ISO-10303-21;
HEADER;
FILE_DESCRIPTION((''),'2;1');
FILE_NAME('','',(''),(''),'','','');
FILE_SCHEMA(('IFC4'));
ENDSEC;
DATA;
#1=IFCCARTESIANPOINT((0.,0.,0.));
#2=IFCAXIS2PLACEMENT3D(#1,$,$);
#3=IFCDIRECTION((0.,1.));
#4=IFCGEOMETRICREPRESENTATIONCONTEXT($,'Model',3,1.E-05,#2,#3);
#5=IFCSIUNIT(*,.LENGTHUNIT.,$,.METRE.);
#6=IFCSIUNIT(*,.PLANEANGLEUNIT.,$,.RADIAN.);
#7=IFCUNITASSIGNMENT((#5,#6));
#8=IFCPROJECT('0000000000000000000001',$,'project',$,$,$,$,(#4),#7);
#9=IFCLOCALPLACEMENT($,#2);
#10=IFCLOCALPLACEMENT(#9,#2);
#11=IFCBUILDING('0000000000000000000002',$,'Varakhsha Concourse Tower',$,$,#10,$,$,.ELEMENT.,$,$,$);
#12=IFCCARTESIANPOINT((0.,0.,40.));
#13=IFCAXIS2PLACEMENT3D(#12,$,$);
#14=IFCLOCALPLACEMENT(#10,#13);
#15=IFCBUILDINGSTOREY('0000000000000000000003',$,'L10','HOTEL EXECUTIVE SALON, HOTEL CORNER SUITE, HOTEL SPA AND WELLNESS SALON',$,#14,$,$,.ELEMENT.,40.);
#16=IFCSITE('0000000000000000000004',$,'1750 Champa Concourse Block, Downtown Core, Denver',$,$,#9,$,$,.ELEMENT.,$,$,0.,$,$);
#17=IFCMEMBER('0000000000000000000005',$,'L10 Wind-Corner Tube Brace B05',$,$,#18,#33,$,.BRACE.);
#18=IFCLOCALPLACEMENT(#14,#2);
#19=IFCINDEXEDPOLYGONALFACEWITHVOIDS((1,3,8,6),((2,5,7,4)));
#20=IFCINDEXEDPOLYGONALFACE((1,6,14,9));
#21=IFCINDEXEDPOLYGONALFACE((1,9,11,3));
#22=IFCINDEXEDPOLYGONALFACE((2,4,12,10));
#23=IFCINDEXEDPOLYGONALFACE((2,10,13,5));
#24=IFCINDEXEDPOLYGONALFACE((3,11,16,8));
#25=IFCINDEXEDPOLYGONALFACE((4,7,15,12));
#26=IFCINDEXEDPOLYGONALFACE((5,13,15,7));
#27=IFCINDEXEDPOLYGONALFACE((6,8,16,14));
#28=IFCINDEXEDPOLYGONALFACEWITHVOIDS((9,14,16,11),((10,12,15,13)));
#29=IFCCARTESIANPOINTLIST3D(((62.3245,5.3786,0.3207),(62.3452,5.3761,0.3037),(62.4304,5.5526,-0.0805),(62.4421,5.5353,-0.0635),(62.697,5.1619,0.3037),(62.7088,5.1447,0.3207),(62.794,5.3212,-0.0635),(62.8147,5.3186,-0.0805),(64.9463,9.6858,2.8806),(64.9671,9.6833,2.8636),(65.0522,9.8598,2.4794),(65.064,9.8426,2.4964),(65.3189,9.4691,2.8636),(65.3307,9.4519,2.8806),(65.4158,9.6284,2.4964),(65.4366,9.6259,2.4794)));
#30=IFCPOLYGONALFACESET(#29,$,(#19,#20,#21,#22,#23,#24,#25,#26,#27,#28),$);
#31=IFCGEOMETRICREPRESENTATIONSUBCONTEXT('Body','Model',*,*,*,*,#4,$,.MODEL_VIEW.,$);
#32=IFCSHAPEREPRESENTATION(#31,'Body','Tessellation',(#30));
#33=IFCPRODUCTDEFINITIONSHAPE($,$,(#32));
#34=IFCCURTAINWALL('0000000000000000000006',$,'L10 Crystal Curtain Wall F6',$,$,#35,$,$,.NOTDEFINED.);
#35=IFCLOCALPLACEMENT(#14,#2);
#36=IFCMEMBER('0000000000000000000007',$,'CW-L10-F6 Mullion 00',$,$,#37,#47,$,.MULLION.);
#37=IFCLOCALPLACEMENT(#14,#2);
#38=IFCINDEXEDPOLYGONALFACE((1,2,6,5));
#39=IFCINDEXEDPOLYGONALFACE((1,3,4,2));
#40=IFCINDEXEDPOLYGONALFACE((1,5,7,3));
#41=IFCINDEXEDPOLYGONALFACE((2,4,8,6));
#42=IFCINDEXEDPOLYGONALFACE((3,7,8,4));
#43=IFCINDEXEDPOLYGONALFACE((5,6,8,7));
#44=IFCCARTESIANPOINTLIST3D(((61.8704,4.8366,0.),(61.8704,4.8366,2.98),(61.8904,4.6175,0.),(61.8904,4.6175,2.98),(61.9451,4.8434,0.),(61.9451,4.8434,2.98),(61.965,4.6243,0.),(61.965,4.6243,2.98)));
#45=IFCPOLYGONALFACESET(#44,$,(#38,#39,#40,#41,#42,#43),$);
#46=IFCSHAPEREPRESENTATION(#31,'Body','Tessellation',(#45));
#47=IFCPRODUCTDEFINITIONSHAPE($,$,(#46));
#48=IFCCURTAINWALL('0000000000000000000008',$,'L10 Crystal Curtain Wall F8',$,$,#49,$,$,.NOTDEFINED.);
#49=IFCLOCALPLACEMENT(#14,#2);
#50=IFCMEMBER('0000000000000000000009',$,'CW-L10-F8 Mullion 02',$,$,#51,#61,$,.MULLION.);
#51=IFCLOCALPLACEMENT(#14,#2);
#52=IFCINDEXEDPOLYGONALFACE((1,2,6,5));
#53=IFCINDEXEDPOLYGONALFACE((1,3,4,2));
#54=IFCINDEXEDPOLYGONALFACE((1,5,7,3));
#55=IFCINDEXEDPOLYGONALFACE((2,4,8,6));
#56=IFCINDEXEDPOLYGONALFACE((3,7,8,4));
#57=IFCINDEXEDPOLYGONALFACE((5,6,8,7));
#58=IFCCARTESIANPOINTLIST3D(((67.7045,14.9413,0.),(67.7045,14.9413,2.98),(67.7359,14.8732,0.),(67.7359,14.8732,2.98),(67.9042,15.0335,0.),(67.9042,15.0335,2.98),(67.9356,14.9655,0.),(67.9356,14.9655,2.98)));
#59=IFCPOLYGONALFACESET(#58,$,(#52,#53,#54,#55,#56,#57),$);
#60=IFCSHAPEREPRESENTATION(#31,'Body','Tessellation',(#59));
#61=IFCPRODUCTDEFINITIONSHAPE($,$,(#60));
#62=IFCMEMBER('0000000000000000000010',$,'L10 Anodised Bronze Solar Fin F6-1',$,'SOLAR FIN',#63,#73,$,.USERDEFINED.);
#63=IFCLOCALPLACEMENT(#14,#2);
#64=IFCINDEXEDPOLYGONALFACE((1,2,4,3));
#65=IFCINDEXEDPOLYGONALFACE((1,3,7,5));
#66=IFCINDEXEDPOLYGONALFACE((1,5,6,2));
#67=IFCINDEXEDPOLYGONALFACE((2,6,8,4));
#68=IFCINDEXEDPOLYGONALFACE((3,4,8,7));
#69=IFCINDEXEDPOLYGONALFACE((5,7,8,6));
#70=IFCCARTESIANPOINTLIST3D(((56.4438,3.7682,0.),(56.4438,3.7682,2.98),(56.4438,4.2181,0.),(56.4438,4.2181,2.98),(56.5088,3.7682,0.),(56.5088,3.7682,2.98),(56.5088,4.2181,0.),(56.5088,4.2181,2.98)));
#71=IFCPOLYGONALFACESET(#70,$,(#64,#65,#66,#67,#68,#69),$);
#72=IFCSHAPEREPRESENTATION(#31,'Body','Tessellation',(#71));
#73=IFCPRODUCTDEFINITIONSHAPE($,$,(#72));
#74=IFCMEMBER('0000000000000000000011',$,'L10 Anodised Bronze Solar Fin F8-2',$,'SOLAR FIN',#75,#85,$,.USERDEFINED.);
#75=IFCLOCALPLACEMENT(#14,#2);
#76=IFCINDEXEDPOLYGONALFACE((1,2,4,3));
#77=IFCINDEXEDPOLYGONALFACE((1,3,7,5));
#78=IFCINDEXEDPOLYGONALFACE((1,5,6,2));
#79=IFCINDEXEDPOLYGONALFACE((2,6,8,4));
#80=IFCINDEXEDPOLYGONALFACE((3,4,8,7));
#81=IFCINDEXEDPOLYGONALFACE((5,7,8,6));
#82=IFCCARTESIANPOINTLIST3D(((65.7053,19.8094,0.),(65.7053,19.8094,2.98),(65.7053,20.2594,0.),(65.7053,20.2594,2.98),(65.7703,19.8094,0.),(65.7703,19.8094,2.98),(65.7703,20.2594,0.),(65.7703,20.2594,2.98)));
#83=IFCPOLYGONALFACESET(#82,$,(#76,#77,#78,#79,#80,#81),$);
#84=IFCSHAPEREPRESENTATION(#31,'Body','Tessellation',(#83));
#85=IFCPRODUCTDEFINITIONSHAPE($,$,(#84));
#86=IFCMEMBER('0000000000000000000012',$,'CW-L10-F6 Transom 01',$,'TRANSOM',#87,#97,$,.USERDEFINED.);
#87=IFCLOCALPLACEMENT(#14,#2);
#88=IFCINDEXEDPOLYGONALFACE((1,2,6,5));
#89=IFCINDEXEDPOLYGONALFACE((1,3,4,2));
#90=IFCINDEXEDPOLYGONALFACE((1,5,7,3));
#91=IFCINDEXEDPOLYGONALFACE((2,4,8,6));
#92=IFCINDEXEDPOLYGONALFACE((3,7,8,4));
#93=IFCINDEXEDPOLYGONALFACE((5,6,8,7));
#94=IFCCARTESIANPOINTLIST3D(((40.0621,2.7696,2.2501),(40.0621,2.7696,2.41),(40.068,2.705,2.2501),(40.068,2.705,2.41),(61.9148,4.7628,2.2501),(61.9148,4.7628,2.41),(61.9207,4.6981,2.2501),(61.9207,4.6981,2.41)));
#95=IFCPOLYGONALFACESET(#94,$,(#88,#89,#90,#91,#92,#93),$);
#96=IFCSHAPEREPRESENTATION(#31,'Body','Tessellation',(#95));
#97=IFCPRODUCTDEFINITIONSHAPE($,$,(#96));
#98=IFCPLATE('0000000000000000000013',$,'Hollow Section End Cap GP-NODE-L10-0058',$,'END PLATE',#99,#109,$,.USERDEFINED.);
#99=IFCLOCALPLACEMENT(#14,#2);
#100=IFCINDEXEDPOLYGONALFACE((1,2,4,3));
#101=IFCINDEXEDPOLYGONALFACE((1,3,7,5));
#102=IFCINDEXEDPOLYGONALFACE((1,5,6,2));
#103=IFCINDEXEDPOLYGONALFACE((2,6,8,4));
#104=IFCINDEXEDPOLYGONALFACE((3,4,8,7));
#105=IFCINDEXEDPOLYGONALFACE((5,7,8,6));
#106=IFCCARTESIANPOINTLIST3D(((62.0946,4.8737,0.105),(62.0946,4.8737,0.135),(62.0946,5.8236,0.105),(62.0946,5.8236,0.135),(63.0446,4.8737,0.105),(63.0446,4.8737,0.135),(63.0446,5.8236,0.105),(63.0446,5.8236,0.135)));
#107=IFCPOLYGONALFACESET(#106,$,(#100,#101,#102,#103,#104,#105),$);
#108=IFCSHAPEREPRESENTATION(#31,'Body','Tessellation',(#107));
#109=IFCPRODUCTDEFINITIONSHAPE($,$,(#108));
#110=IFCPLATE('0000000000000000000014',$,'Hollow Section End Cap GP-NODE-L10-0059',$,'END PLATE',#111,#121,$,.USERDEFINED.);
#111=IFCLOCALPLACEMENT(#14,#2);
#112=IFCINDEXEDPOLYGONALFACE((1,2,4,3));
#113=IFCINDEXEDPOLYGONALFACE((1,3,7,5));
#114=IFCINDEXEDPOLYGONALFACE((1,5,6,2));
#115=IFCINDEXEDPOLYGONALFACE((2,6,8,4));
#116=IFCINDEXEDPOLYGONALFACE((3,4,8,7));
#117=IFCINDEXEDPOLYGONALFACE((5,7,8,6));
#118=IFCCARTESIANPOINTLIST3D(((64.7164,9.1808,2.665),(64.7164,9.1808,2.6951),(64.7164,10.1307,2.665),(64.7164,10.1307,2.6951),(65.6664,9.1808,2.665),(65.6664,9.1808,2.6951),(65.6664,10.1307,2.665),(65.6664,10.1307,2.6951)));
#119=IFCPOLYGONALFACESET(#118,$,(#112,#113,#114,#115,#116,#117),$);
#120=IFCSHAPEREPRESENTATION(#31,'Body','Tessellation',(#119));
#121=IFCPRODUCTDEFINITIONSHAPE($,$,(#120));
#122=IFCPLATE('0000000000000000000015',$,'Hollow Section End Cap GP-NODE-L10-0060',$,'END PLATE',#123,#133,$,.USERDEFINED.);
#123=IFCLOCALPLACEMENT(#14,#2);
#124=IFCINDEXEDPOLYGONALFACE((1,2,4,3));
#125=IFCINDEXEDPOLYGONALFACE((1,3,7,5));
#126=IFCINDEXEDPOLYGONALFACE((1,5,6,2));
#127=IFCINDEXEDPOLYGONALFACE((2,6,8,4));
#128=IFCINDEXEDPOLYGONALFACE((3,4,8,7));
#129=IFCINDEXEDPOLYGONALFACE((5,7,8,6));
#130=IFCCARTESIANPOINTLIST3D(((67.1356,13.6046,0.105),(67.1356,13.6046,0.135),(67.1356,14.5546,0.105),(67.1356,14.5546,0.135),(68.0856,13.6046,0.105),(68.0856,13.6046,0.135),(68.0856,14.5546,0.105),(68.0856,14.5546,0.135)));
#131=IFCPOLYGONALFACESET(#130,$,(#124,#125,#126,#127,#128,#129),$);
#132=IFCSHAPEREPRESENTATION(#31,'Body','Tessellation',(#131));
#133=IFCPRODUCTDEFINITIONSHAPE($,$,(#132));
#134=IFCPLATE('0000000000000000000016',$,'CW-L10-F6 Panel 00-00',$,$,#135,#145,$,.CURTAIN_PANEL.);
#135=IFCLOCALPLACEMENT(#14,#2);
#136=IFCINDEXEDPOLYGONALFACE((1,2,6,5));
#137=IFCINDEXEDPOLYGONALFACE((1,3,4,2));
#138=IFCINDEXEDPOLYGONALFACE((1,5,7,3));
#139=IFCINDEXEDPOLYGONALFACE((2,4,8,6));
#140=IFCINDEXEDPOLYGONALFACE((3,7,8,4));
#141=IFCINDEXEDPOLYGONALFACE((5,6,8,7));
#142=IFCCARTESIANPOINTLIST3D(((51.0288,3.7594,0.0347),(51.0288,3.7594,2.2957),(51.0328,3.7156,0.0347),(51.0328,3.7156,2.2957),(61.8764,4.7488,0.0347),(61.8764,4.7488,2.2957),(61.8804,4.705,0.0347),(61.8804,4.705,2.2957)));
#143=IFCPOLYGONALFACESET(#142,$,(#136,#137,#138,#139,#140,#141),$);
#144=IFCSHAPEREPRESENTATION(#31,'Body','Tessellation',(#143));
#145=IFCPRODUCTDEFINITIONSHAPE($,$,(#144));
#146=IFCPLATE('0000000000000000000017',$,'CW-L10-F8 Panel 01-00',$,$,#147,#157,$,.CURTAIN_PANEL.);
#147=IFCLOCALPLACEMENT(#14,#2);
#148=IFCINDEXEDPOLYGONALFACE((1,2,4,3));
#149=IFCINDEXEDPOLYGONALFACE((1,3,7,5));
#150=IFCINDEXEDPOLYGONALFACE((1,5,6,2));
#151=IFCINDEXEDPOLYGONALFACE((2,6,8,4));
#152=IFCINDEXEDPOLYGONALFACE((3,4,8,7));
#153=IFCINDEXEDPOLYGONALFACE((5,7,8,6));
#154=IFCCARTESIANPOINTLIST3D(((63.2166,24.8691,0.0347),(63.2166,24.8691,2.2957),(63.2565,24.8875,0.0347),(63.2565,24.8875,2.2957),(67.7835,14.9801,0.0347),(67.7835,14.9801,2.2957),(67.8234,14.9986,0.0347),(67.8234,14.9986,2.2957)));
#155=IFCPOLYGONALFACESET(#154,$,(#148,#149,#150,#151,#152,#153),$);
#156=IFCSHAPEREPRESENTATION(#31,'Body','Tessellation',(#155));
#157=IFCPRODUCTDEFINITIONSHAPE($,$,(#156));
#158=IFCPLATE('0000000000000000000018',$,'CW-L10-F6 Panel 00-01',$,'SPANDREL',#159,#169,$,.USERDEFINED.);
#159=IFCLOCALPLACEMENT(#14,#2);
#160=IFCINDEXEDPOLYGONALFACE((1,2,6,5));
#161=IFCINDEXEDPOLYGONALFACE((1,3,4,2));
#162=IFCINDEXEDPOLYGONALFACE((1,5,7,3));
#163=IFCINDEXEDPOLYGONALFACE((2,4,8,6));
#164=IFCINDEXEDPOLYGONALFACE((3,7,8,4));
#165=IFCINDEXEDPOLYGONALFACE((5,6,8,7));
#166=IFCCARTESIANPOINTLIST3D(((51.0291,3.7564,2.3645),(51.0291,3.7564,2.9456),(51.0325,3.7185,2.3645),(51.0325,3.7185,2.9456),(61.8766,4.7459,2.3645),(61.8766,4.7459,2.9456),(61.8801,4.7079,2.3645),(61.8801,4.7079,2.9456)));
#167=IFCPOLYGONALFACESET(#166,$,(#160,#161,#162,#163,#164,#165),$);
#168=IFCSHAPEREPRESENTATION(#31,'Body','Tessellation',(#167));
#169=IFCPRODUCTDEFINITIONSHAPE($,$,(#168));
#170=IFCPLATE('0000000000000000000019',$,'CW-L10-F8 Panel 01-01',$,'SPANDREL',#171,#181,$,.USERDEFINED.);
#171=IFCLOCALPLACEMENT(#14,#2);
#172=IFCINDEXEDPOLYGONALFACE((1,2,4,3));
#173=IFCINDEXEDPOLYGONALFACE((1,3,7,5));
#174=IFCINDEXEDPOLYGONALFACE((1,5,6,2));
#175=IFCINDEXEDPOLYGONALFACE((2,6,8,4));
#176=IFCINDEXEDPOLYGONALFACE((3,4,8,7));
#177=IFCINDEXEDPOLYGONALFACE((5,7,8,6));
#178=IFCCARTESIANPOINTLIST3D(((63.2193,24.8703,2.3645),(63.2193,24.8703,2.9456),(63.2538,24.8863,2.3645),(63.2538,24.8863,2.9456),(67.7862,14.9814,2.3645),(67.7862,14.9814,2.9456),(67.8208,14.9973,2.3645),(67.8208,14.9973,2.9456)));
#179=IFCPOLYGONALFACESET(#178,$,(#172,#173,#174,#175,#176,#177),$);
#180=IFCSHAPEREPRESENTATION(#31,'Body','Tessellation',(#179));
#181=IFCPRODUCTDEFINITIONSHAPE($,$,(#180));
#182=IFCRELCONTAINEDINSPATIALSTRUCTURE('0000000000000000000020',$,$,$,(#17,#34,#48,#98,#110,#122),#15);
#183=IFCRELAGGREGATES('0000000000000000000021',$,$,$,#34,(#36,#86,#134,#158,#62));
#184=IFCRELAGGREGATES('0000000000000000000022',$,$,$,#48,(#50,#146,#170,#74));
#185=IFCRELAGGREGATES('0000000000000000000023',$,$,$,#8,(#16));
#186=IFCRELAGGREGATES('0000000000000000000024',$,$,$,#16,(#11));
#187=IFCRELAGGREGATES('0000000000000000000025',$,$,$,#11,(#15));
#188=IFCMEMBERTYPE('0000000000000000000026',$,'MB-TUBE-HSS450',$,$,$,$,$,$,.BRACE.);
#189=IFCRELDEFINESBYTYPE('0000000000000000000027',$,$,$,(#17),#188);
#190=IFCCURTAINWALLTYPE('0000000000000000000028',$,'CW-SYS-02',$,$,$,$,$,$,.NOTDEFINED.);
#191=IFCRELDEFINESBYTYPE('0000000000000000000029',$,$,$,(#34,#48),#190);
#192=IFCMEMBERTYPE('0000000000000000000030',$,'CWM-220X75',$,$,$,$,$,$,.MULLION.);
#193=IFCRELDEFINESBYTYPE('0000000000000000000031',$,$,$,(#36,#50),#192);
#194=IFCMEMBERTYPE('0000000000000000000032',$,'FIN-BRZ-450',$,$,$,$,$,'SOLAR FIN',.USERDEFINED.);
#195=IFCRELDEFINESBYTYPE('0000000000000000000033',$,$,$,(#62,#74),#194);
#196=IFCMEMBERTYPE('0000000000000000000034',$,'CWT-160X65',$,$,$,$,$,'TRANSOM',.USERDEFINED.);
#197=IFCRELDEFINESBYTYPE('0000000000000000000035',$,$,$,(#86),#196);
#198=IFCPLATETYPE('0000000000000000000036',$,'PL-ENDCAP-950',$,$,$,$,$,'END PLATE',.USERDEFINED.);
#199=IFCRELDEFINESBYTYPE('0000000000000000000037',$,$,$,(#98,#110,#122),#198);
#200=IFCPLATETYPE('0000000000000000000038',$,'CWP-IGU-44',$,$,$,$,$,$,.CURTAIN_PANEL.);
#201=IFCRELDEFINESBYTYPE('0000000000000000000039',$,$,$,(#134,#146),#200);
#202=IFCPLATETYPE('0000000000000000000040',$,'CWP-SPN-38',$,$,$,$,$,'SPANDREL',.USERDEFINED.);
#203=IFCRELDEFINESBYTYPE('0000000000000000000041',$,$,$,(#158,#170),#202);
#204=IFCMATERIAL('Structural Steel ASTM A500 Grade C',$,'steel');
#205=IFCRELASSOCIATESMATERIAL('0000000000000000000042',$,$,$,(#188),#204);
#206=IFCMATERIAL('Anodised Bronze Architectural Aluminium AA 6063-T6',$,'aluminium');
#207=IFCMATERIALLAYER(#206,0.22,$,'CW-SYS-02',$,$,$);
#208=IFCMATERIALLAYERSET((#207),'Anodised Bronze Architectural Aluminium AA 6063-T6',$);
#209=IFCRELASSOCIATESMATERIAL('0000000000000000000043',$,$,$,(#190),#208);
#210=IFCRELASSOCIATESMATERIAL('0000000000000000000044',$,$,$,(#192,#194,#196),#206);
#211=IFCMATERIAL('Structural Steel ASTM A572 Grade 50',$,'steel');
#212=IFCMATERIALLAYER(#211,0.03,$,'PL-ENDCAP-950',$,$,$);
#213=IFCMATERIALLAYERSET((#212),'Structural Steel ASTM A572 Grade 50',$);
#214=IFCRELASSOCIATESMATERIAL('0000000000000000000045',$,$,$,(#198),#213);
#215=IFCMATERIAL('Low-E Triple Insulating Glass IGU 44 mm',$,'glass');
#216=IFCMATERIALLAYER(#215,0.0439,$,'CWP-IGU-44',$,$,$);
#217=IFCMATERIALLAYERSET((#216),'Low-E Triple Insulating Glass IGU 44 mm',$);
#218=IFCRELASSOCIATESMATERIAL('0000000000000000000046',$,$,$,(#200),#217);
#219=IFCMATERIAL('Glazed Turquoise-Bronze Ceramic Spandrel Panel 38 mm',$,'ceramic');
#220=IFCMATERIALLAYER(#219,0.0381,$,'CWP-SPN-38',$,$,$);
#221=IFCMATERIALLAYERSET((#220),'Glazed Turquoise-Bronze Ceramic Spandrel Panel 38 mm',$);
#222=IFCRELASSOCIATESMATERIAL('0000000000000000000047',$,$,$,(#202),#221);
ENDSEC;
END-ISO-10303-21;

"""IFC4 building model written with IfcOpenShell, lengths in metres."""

from ifc_helpers import new_model, si_unit, direction, frame, origin, origin_2d, place, context, subcontext, project, spatial, rectangle, hollow_rectangle, extrude, source, transform, mapped, material, layer, layer_set, material_profile, profile_set, type_object, type_shapes, element, aggregate, save


model = new_model("IFC4")

# Units and contexts
model_context = context("Model", 3, precision=1e-05, world=origin(), true_north=direction((0.0, 1.0)))
body_context = subcontext(model_context, "Body", "Model", "MODEL_VIEW")
ifc_project = project(units=[si_unit("LENGTHUNIT", "METRE"), si_unit("PLANEANGLEUNIT", "RADIAN")], contexts=[model_context])

# Site, building, storey
site_placement = place(None, origin())
site = spatial("IfcSite", under=ifc_project, at=site_placement, Name="1750 Champa Concourse Block, Downtown Core, Denver", CompositionType="ELEMENT", RefElevation=0.0)
building_placement = place(site_placement, origin())
building = spatial("IfcBuilding", under=site, at=building_placement, Name="Varakhsha Concourse Tower", CompositionType="ELEMENT")
storey_placement = place(building_placement, frame((0.0, 0.0, 40.0)))
storey = spatial("IfcBuildingStorey", under=building, at=storey_placement, Name="L10", Description="HOTEL EXECUTIVE SALON, HOTEL CORNER SUITE, HOTEL SPA AND WELLNESS SALON", CompositionType="ELEMENT", Elevation=40.0)

# Shared definitions
ifc_material_1 = material(Name="Structural Steel ASTM A572 Grade 50", Category="steel")

# Member
ifc_material_2 = material(Name="Structural Steel ASTM A500 Grade C", Category="steel")
ifc_material_profile_1 = material_profile(ifc_material_2, hollow_rectangle(XDim=0.45, YDim=0.45, WallThickness=0.019, at=origin_2d()), Name="HSS 450x450x19")
ifc_profile_set_1 = profile_set([ifc_material_profile_1], Name="Structural Steel ASTM A500 Grade C")
member_type_1 = type_object("IfcMemberType", Name="MB-TUBE-HSS450", PredefinedType="BRACE", material=ifc_profile_set_1)
shared_shape_1 = source(origin(), body_context, "Body", "SweptSolid", [
    extrude(hollow_rectangle(XDim=0.45, YDim=0.45, WallThickness=0.019, at=origin_2d()), origin(), (0.0, 0.0, 1.0), 5.655),
])
member_1_placement = place(storey_placement, frame((62.5696, 5.3486, 0.1201), z_axis=(0.463637, 0.761662, 0.452671), x_axis=(-0.85419, 0.519961, 0.0)))
element("IfcMember", 1, at=member_1_placement, inside=storey, type_object=member_type_1, Name="L10 Wind-Corner Tube Brace B05", PredefinedType="BRACE", context=body_context, shape_type="MappedRepresentation", body=[
    mapped(shared_shape_1, transform((0.0, 0.0, 0.0), scale=1.0)),
])

# Curtain walls, members
ifc_material_3 = material(Name="Anodised Bronze Architectural Aluminium AA 6063-T6", Category="aluminium")
ifc_layer_1 = layer(ifc_material_3, 0.22, Name="CW-SYS-02")
ifc_layer_set_1 = layer_set([ifc_layer_1], Name="Anodised Bronze Architectural Aluminium AA 6063-T6")
curtain_wall_type = type_object("IfcCurtainWallType", Name="CW-SYS-02", PredefinedType="NOTDEFINED", material=ifc_layer_set_1)
curtain_wall_1_placement = place(storey_placement, origin())
curtain_wall_1 = element("IfcCurtainWall", 2, at=curtain_wall_1_placement, inside=storey, type_object=curtain_wall_type, Name="L10 Crystal Curtain Wall F6", PredefinedType="NOTDEFINED")
ifc_material_profile_2 = material_profile(ifc_material_3, rectangle(XDim=0.075, YDim=0.22, at=origin_2d()), Name="CWM-220X75")
ifc_profile_set_2 = profile_set([ifc_material_profile_2], Name="Anodised Bronze Architectural Aluminium AA 6063-T6")
member_type_2 = type_object("IfcMemberType", Name="CWM-220X75", PredefinedType="MULLION", material=ifc_profile_set_2)
shared_shape_2 = source(origin(), body_context, "Body", "SweptSolid", [
    extrude(rectangle(XDim=0.075, YDim=0.22, at=origin_2d()), origin(), (0.0, 0.0, 1.0), 2.98),
])
type_shapes(member_type_2, [shared_shape_2])
member_2_placement = place(storey_placement, frame((61.9177, 4.7305, 0.0), z_axis=(0.0, 0.0, 1.0), x_axis=(-0.995866, -0.090834, 0.0)))
member_2 = element("IfcMember", 3, at=member_2_placement, type_object=member_type_2, Name="CW-L10-F6 Mullion 00", PredefinedType="MULLION", context=body_context, shape_type="MappedRepresentation", body=[
    mapped(shared_shape_2, transform((0.0, 0.0, 0.0), scale=1.0)),
])
curtain_wall_2_placement = place(storey_placement, origin())
curtain_wall_2 = element("IfcCurtainWall", 4, at=curtain_wall_2_placement, inside=storey, type_object=curtain_wall_type, Name="L10 Crystal Curtain Wall F8", PredefinedType="NOTDEFINED")
member_3_placement = place(storey_placement, frame((67.8201, 14.9534, 0.0), z_axis=(0.0, 0.0, 1.0), x_axis=(0.41927, -0.907862, 0.0)))
member_3 = element("IfcMember", 5, at=member_3_placement, type_object=member_type_2, Name="CW-L10-F8 Mullion 02", PredefinedType="MULLION", context=body_context, shape_type="MappedRepresentation", body=[
    mapped(shared_shape_2, transform((0.0, 0.0, 0.0), scale=1.0)),
])

# Members
ifc_material_profile_3 = material_profile(ifc_material_3, rectangle(XDim=0.0649, YDim=0.45, at=origin_2d()), Name="FIN-BRZ-450")
ifc_profile_set_3 = profile_set([ifc_material_profile_3], Name="Anodised Bronze Architectural Aluminium AA 6063-T6")
member_type_3 = type_object("IfcMemberType", Name="FIN-BRZ-450", ElementType="SOLAR FIN", PredefinedType="USERDEFINED", material=ifc_profile_set_3)
shared_shape_3 = source(origin(), body_context, "Body", "SweptSolid", [
    extrude(rectangle(XDim=0.0649, YDim=0.45, at=origin_2d()), origin(), (0.0, 0.0, 1.0), 2.98),
])
type_shapes(member_type_3, [shared_shape_3])
member_4_placement = place(storey_placement, frame((56.4763, 3.9932, 0.0), z_axis=(0.0, 0.0, 1.0), x_axis=(1.0, 0.0, 0.0)))
member_4 = element("IfcMember", 6, at=member_4_placement, type_object=member_type_3, Name="L10 Anodised Bronze Solar Fin F6-1", ObjectType="SOLAR FIN", PredefinedType="USERDEFINED", context=body_context, shape_type="MappedRepresentation", body=[
    mapped(shared_shape_3, transform((0.0, 0.0, 0.0), scale=1.0)),
])
member_5_placement = place(storey_placement, frame((65.7378, 20.0344, 0.0), z_axis=(0.0, 0.0, 1.0), x_axis=(1.0, 0.0, 0.0)))
member_5 = element("IfcMember", 7, at=member_5_placement, type_object=member_type_3, Name="L10 Anodised Bronze Solar Fin F8-2", ObjectType="SOLAR FIN", PredefinedType="USERDEFINED", context=body_context, shape_type="MappedRepresentation", body=[
    mapped(shared_shape_3, transform((0.0, 0.0, 0.0), scale=1.0)),
])
ifc_material_profile_4 = material_profile(ifc_material_3, rectangle(XDim=0.0649, YDim=0.1599, at=origin_2d()), Name="CWT-160X65")
ifc_profile_set_4 = profile_set([ifc_material_profile_4], Name="Anodised Bronze Architectural Aluminium AA 6063-T6")
member_type_4 = type_object("IfcMemberType", Name="CWT-160X65", ElementType="TRANSOM", PredefinedType="USERDEFINED", material=ifc_profile_set_4)
shared_shape_4 = source(origin(), body_context, "Body", "SweptSolid", [
    extrude(rectangle(XDim=0.0649, YDim=0.1599, at=origin_2d()), origin(), (0.0, 0.0, 1.0), 21.9434),
])
type_shapes(member_type_4, [shared_shape_4])
member_6_placement = place(storey_placement, frame((61.9177, 4.7305, 2.3301), z_axis=(-0.995866, -0.090833, 0.0), x_axis=(0.090833, -0.995866, 0.0)))
member_6 = element("IfcMember", 8, at=member_6_placement, type_object=member_type_4, Name="CW-L10-F6 Transom 01", ObjectType="TRANSOM", PredefinedType="USERDEFINED", context=body_context, shape_type="MappedRepresentation", body=[
    mapped(shared_shape_4, transform((0.0, 0.0, 0.0), scale=1.0)),
])

# Plates
ifc_layer_2 = layer(ifc_material_1, 0.03, Name="PL-ENDCAP-950")
ifc_layer_set_2 = layer_set([ifc_layer_2], Name="Structural Steel ASTM A572 Grade 50")
plate_type_1 = type_object("IfcPlateType", Name="PL-ENDCAP-950", ElementType="END PLATE", PredefinedType="USERDEFINED", material=ifc_layer_set_2)
shared_shape_5 = source(origin(), body_context, "Body", "SweptSolid", [
    extrude(rectangle(XDim=0.95, YDim=0.95, at=origin_2d()), origin(), (0.0, 0.0, 1.0), 0.03),
])
type_shapes(plate_type_1, [shared_shape_5])
for number, where, z_axis, x_axis, name in (
    (9, (62.5696, 5.3486, 0.105), (0.0, 0.0, 1.0), (1.0, 0.0, 0.0), "Hollow Section End Cap GP-NODE-L10-0058"),
    (10, (65.1914, 9.6558, 2.665), (0.0, 0.0, 1.0), (1.0, 0.0, 0.0), "Hollow Section End Cap GP-NODE-L10-0059"),
    (11, (67.6106, 14.0796, 0.105), (0.0, 0.0, 1.0), (1.0, 0.0, 0.0), "Hollow Section End Cap GP-NODE-L10-0060"),
):
    element("IfcPlate", number, at=place(storey_placement, frame(where, z_axis=z_axis, x_axis=x_axis)), inside=storey, type_object=plate_type_1, Name=name, ObjectType="END PLATE", PredefinedType="USERDEFINED", context=body_context, shape_type="MappedRepresentation", body=[
        mapped(shared_shape_5, transform((0.0, 0.0, 0.0), scale=1.0)),
    ])

# Plates
ifc_material_4 = material(Name="Low-E Triple Insulating Glass IGU 44 mm", Category="glass")
ifc_layer_3 = layer(ifc_material_4, 0.0439, Name="CWP-IGU-44")
ifc_layer_set_3 = layer_set([ifc_layer_3], Name="Low-E Triple Insulating Glass IGU 44 mm")
plate_type_2 = type_object("IfcPlateType", Name="CWP-IGU-44", PredefinedType="CURTAIN_PANEL", material=ifc_layer_set_3)
shared_shape_6 = source(origin(), body_context, "Body", "SweptSolid", [
    extrude(rectangle(XDim=10.8926, YDim=0.0439, at=origin_2d()), origin(), (0.0, 0.0, 1.0), 2.261),
])
type_shapes(plate_type_2, [shared_shape_6])
plate_1_placement = place(storey_placement, frame((56.4546, 4.2322, 0.0347), z_axis=(0.0, 0.0, 1.0), x_axis=(-0.995866, -0.090834, 0.0)))
plate_1 = element("IfcPlate", 12, at=plate_1_placement, type_object=plate_type_2, Name="CW-L10-F6 Panel 00-00", PredefinedType="CURTAIN_PANEL", context=body_context, shape_type="MappedRepresentation", body=[
    mapped(shared_shape_6, transform((0.0, 0.0, 0.0), scale=1.0)),
])
plate_2_placement = place(storey_placement, frame((65.52, 19.9338, 0.0347), z_axis=(0.0, 0.0, 1.0), x_axis=(0.41927, -0.907862, 0.0)))
plate_2 = element("IfcPlate", 13, at=plate_2_placement, type_object=plate_type_2, Name="CW-L10-F8 Panel 01-00", PredefinedType="CURTAIN_PANEL", context=body_context, shape_type="MappedRepresentation", body=[
    mapped(shared_shape_6, transform((0.0, 0.0, 0.0), scale=1.0)),
])
ifc_material_5 = material(Name="Glazed Turquoise-Bronze Ceramic Spandrel Panel 38 mm", Category="ceramic")
ifc_layer_4 = layer(ifc_material_5, 0.0381, Name="CWP-SPN-38")
ifc_layer_set_4 = layer_set([ifc_layer_4], Name="Glazed Turquoise-Bronze Ceramic Spandrel Panel 38 mm")
plate_type_3 = type_object("IfcPlateType", Name="CWP-SPN-38", ElementType="SPANDREL", PredefinedType="USERDEFINED", material=ifc_layer_set_4)
shared_shape_7 = source(origin(), body_context, "Body", "SweptSolid", [
    extrude(rectangle(XDim=10.8926, YDim=0.0381, at=origin_2d()), origin(), (0.0, 0.0, 1.0), 0.5811),
])
type_shapes(plate_type_3, [shared_shape_7])
plate_3_placement = place(storey_placement, frame((56.4546, 4.2322, 2.3645), z_axis=(0.0, 0.0, 1.0), x_axis=(-0.995866, -0.090834, 0.0)))
plate_3 = element("IfcPlate", 14, at=plate_3_placement, type_object=plate_type_3, Name="CW-L10-F6 Panel 00-01", ObjectType="SPANDREL", PredefinedType="USERDEFINED", context=body_context, shape_type="MappedRepresentation", body=[
    mapped(shared_shape_7, transform((0.0, 0.0, 0.0), scale=1.0)),
])
aggregate(curtain_wall_1, [member_2, member_6, plate_1, plate_3, member_4])
plate_4_placement = place(storey_placement, frame((65.52, 19.9338, 2.3645), z_axis=(0.0, 0.0, 1.0), x_axis=(0.41927, -0.907862, 0.0)))
plate_4 = element("IfcPlate", 15, at=plate_4_placement, type_object=plate_type_3, Name="CW-L10-F8 Panel 01-01", ObjectType="SPANDREL", PredefinedType="USERDEFINED", context=body_context, shape_type="MappedRepresentation", body=[
    mapped(shared_shape_7, transform((0.0, 0.0, 0.0), scale=1.0)),
])
aggregate(curtain_wall_2, [member_3, plate_2, plate_4, member_5])

save(model, "model.ifc")
